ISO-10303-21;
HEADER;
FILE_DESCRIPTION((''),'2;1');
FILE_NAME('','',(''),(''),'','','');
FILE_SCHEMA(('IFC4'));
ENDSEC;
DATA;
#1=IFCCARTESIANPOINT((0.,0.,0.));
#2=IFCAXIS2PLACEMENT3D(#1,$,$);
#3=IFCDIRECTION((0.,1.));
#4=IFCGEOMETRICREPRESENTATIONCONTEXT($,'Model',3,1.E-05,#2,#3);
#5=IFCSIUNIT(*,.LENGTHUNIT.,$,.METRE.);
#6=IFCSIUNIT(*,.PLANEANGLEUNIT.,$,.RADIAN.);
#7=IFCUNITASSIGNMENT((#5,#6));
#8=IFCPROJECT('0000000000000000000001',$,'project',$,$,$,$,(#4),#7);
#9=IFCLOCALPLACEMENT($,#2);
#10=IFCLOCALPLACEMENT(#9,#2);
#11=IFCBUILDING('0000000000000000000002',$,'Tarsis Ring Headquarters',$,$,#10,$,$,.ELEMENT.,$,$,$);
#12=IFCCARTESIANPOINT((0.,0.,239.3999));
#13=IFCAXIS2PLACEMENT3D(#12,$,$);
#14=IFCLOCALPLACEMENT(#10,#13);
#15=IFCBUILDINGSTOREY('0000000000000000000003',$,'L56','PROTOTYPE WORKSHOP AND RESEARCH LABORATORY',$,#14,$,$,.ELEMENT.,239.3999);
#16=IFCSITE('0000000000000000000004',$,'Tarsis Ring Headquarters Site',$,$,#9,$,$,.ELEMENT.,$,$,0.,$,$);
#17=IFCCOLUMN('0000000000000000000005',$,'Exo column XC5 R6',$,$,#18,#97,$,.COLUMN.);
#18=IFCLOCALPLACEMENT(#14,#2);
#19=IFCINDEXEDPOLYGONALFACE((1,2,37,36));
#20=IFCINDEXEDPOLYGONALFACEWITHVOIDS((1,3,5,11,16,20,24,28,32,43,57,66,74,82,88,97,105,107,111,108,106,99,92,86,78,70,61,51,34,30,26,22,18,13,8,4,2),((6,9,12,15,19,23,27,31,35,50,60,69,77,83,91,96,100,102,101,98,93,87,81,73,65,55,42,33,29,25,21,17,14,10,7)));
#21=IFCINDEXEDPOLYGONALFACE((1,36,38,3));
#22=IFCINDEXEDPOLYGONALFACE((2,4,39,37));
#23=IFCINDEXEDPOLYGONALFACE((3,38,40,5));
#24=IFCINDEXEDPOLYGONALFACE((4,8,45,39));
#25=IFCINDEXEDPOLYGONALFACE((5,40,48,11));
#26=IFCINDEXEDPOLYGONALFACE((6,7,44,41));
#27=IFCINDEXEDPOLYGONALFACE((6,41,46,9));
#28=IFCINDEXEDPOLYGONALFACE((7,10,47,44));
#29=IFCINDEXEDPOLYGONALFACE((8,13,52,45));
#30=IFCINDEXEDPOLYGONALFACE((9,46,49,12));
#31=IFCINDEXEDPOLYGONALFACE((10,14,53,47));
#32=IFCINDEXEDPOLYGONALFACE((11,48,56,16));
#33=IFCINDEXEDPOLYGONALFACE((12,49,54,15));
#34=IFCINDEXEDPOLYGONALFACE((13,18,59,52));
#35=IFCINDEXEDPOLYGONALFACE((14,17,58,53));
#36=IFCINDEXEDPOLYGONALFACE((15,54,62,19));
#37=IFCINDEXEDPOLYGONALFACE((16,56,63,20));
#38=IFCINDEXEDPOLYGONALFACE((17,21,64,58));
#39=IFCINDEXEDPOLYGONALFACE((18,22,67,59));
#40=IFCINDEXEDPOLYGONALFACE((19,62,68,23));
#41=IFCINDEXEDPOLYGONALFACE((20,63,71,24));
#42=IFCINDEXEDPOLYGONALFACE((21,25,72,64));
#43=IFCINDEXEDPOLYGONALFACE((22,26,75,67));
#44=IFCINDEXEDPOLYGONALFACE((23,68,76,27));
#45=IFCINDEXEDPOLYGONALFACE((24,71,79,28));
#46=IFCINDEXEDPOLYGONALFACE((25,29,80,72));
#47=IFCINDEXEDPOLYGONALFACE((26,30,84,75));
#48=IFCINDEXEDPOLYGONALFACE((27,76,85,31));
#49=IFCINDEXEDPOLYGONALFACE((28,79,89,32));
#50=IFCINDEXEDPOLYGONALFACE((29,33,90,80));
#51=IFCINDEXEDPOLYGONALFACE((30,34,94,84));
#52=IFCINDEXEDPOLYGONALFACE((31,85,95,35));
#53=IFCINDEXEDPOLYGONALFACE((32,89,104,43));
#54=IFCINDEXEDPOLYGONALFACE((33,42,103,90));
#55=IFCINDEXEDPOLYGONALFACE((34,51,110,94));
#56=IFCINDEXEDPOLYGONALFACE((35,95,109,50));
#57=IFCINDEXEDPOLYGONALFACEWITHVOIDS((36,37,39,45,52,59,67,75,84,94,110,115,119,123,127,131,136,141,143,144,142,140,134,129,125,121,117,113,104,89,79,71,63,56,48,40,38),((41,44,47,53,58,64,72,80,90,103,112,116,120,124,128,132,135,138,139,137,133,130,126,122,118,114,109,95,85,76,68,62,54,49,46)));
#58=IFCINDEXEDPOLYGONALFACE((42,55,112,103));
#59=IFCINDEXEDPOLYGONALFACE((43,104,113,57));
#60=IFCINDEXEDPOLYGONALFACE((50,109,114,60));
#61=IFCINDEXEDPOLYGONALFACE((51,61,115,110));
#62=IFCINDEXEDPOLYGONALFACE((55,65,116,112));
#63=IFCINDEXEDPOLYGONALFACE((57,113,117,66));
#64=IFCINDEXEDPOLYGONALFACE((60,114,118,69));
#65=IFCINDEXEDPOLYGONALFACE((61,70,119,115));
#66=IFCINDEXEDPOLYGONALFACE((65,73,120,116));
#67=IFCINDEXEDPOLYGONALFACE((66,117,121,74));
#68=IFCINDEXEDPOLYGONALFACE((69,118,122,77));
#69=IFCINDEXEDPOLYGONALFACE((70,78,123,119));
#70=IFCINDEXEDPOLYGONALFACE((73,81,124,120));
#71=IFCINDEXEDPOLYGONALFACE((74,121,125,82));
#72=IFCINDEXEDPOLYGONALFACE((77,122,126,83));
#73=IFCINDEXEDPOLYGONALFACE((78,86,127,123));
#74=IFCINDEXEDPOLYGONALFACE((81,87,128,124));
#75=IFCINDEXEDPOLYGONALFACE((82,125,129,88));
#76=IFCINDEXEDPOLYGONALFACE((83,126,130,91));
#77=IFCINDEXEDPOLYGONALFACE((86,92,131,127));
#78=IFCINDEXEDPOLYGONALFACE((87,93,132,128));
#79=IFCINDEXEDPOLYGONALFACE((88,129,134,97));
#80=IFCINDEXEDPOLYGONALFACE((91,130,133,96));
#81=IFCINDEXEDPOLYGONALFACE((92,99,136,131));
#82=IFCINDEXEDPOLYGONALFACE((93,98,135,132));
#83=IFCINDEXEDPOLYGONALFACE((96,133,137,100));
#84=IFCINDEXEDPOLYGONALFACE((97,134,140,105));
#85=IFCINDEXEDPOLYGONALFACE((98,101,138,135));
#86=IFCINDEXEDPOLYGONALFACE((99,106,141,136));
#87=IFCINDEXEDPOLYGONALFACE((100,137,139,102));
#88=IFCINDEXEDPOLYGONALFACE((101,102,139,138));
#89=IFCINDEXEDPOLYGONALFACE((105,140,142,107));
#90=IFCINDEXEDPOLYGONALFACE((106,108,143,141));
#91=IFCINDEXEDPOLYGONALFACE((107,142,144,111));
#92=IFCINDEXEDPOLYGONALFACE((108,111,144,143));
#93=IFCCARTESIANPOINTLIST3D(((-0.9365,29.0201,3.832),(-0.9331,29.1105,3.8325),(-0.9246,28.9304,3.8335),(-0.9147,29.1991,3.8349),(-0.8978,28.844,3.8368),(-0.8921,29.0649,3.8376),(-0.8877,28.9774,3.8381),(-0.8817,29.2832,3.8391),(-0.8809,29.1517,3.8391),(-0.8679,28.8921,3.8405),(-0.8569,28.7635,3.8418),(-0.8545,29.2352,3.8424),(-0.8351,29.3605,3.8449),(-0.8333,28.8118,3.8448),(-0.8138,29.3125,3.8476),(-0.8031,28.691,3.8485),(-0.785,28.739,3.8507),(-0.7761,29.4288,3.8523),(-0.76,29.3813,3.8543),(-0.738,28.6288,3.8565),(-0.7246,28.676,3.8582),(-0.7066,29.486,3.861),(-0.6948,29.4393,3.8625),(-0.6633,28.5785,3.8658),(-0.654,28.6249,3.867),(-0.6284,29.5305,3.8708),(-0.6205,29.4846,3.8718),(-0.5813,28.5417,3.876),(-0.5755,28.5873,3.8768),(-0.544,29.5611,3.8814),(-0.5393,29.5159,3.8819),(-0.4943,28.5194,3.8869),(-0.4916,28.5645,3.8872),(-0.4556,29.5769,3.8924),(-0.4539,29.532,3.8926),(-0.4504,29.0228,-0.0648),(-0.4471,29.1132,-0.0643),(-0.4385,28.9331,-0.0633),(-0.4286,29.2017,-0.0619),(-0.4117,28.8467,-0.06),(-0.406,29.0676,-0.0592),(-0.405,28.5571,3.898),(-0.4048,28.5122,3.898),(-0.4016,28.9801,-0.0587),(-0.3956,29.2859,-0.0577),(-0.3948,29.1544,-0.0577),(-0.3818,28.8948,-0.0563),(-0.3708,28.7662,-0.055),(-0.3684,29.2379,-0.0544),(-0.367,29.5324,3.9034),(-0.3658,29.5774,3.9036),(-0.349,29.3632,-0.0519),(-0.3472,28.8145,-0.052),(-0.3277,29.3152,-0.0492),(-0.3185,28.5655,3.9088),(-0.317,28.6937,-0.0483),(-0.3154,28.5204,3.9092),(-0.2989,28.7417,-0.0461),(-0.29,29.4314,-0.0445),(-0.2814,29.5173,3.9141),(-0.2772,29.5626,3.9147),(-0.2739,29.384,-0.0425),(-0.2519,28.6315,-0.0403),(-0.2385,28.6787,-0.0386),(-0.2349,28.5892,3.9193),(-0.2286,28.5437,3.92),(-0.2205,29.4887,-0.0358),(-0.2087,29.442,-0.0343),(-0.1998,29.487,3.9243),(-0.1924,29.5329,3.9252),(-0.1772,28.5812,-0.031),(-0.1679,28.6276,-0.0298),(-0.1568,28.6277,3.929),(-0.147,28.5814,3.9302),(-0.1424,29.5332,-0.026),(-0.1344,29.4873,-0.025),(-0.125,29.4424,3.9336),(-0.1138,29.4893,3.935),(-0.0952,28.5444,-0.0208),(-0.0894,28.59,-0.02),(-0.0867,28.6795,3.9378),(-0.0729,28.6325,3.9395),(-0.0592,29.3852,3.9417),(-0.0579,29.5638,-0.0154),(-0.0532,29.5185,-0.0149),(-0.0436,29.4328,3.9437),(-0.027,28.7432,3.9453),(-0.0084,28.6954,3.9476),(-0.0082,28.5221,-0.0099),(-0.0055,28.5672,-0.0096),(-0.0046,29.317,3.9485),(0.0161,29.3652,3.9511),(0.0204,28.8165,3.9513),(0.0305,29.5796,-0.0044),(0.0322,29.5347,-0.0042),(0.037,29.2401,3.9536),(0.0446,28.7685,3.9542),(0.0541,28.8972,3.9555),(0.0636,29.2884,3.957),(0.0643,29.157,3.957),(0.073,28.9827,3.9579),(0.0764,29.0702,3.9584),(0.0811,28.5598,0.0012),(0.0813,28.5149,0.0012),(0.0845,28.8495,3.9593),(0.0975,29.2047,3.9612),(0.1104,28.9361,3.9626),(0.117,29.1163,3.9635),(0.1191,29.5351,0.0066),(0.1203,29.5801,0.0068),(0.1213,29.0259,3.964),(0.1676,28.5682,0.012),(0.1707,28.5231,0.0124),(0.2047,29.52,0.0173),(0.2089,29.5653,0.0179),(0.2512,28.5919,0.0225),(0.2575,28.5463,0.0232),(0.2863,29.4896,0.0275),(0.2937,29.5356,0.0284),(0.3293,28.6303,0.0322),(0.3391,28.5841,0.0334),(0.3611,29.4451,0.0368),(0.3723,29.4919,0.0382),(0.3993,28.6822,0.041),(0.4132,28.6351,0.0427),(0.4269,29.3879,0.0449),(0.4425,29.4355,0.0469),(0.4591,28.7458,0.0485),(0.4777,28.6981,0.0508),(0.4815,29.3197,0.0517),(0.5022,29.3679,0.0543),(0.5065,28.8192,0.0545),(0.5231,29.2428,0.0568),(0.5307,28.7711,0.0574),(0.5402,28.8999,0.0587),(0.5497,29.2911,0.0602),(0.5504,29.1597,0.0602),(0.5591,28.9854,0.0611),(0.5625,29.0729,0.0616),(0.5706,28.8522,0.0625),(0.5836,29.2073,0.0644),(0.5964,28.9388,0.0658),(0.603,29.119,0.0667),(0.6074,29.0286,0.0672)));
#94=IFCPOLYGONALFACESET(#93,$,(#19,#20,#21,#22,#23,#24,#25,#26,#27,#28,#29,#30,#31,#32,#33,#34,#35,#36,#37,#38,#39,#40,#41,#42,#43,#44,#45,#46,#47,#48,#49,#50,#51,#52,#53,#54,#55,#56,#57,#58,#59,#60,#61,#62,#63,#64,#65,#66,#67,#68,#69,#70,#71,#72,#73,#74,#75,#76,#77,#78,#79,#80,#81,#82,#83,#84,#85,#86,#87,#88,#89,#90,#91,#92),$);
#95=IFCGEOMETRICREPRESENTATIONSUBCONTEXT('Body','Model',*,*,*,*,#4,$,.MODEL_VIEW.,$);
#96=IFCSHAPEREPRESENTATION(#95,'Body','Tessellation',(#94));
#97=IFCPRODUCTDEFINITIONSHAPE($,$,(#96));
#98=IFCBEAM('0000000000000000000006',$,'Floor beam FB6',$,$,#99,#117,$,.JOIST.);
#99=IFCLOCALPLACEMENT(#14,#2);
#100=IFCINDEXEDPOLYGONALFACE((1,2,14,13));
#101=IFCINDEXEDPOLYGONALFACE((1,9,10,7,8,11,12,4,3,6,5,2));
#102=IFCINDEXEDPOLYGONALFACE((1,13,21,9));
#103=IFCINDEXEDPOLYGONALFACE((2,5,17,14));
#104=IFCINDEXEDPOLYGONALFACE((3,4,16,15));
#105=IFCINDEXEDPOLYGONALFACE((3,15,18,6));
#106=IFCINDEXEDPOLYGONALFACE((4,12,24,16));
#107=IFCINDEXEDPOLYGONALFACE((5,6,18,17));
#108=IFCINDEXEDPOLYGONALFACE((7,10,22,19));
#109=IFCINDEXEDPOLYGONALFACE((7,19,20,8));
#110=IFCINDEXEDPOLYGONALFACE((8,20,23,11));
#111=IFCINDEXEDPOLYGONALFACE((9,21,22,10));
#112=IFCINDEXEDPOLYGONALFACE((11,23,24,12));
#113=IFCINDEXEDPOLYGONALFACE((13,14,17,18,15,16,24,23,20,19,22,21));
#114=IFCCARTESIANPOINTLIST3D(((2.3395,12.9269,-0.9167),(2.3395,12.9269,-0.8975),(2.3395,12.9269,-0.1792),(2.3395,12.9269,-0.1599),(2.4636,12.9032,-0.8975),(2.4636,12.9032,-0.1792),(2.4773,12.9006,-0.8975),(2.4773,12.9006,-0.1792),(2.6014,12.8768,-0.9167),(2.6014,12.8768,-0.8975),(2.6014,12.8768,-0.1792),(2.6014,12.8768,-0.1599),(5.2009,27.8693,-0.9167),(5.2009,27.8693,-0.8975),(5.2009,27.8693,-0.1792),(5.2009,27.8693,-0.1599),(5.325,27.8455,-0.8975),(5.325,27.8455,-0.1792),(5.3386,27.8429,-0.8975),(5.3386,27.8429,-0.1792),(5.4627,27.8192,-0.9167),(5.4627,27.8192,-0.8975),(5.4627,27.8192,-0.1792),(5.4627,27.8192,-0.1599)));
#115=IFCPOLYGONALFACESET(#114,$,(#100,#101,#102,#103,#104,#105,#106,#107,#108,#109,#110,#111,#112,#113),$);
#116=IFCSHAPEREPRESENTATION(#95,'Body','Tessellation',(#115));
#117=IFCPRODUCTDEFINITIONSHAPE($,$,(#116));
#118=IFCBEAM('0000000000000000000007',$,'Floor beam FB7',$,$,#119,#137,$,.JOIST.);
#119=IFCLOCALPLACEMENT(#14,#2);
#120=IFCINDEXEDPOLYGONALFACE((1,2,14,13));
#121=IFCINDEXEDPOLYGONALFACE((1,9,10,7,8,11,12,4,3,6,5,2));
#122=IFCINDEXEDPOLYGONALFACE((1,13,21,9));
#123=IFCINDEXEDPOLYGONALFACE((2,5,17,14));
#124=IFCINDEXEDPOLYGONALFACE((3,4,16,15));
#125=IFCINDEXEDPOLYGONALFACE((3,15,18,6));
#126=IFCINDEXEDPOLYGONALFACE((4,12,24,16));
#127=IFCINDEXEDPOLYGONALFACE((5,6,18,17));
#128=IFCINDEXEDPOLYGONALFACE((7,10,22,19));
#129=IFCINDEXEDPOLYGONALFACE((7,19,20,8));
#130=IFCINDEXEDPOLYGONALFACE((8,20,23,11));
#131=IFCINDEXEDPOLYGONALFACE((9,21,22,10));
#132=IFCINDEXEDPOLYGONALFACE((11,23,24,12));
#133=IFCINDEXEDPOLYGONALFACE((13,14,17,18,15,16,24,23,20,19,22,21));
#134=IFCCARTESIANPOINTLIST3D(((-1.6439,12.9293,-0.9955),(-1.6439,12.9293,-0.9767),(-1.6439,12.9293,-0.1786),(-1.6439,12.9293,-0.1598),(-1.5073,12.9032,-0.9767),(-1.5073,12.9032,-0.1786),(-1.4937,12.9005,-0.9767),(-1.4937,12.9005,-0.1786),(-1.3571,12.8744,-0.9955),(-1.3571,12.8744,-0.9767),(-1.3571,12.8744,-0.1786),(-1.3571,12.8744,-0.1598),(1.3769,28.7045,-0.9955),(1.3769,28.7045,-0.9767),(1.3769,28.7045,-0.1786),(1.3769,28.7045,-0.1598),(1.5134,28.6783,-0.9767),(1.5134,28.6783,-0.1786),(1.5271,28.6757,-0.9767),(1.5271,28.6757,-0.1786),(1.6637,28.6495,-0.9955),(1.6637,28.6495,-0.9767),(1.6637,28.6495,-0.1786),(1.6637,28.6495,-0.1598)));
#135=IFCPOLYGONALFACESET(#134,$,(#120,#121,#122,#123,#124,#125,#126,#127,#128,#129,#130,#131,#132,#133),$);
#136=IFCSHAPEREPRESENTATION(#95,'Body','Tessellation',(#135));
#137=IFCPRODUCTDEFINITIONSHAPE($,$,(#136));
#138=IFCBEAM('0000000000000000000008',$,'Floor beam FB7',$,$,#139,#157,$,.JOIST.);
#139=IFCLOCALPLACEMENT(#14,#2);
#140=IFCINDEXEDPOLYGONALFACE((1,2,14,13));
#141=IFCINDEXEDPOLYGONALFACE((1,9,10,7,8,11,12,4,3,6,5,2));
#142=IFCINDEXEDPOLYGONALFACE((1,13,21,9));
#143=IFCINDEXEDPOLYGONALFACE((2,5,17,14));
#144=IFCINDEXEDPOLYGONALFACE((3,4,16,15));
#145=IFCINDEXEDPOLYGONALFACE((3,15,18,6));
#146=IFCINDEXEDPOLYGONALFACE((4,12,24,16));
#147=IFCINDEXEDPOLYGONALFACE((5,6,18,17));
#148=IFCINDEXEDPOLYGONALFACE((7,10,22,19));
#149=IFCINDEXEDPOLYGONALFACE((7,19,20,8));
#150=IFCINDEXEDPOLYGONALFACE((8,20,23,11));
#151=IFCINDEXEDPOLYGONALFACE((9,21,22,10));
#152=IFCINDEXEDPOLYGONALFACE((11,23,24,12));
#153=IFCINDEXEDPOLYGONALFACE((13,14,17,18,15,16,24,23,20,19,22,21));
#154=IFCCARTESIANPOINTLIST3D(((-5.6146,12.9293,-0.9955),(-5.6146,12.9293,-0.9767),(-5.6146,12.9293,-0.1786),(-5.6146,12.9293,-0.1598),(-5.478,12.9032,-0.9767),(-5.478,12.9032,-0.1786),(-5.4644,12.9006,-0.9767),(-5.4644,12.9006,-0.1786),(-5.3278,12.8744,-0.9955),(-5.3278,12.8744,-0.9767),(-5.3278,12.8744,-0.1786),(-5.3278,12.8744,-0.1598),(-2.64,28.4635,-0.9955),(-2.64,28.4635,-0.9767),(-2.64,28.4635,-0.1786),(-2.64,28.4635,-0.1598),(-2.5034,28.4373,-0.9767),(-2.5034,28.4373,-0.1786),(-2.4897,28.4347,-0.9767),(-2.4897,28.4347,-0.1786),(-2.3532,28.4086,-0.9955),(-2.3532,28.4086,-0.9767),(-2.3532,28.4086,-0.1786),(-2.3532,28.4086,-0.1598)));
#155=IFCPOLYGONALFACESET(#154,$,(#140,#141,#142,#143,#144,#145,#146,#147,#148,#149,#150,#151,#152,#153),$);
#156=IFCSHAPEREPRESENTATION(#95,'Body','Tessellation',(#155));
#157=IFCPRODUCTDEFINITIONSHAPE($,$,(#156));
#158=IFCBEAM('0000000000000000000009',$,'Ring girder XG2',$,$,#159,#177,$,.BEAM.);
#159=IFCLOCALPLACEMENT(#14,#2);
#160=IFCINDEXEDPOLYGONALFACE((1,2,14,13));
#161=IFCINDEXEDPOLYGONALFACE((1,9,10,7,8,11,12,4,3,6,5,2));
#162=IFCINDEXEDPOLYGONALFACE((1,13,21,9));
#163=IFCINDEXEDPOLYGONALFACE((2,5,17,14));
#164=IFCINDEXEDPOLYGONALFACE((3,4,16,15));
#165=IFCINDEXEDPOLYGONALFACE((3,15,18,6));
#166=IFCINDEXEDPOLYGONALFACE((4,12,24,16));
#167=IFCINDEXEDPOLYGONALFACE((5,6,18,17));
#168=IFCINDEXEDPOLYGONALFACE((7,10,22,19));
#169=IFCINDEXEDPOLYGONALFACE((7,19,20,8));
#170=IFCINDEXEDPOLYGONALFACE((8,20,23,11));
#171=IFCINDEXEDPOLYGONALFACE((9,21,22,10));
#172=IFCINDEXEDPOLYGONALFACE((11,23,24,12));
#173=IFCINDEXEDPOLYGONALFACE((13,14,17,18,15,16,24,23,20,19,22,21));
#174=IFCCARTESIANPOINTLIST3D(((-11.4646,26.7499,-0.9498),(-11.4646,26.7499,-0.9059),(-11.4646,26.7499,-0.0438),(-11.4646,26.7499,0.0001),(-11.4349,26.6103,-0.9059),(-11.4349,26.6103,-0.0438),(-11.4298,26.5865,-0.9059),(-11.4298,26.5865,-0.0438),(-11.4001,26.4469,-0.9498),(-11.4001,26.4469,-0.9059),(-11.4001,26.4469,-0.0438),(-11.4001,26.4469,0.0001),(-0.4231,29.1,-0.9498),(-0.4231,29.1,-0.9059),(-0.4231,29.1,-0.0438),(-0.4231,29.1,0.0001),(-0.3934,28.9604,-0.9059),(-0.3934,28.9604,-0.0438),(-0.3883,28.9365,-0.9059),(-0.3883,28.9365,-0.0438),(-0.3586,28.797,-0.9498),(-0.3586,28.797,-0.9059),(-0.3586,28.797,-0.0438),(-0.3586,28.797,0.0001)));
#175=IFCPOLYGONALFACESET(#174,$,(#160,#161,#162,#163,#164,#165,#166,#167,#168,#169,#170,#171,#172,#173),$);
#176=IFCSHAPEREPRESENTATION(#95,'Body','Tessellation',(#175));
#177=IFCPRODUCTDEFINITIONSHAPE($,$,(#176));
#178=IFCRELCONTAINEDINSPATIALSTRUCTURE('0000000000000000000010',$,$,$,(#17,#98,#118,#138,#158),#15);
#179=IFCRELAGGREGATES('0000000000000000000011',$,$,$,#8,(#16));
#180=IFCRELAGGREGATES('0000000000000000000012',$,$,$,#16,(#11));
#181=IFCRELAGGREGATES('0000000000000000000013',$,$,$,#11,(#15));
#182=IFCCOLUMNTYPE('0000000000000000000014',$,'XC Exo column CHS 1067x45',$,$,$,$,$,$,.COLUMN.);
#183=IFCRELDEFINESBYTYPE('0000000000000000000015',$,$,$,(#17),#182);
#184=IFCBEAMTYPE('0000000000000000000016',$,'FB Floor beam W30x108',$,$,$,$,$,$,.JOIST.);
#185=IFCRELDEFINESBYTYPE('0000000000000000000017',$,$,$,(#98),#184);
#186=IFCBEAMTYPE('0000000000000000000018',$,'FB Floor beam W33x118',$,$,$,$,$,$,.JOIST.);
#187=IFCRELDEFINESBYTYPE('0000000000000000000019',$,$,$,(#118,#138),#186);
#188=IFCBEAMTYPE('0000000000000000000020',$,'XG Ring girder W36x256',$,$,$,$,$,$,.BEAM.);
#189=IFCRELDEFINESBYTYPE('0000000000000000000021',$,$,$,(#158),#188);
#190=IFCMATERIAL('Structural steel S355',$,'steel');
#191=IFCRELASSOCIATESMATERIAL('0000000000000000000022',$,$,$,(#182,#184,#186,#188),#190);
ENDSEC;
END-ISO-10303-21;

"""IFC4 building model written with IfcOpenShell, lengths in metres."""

from ifc_helpers import new_model, si_unit, direction, frame, origin, origin_2d, place, context, subcontext, project, spatial, hollow_circle, i_section, extrude, material, material_profile, profile_set, type_object, element, save


model = new_model("IFC4")

# Units and contexts
model_context = context("Model", 3, precision=1e-05, world=origin(), true_north=direction((0.0, 1.0)))
body_context = subcontext(model_context, "Body", "Model", "MODEL_VIEW")
ifc_project = project(units=[si_unit("LENGTHUNIT", "METRE"), si_unit("PLANEANGLEUNIT", "RADIAN")], contexts=[model_context])

# Site, building, storey
site_placement = place(None, origin())
site = spatial("IfcSite", under=ifc_project, at=site_placement, Name="Tarsis Ring Headquarters Site", CompositionType="ELEMENT", RefElevation=0.0)
building_placement = place(site_placement, origin())
building = spatial("IfcBuilding", under=site, at=building_placement, Name="Tarsis Ring Headquarters", CompositionType="ELEMENT")
storey_placement = place(building_placement, frame((0.0, 0.0, 239.3999)))
storey = spatial("IfcBuildingStorey", under=building, at=storey_placement, Name="L56", Description="PROTOTYPE WORKSHOP AND RESEARCH LABORATORY", CompositionType="ELEMENT", Elevation=239.3999)

# Column
ifc_material_1 = material(Name="Structural steel S355", Category="steel")
ifc_material_profile_1 = material_profile(ifc_material_1, hollow_circle(Radius=0.5334, WallThickness=0.0449, at=origin_2d()), Name="CHS 1067x45")
ifc_profile_set_1 = profile_set([ifc_material_profile_1], Name="Structural steel S355")
column_type = type_object("IfcColumnType", Name="XC Exo column CHS 1067x45", PredefinedType="COLUMN", material=ifc_profile_set_1)
column_placement = place(storey_placement, frame((0.0784, 29.0483, 0.0012), z_axis=(-0.123782, -0.000684, 0.992309), x_axis=(0.005525, -0.999985, 0.0)))
element("IfcColumn", 1, at=column_placement, inside=storey, type_object=column_type, Name="Exo column XC5 R6", PredefinedType="COLUMN", context=body_context, shape_type="SweptSolid", body=[
    extrude(hollow_circle(Radius=0.5334, WallThickness=0.0449, at=origin_2d()), origin(), (0.0, 0.0, 1.0), 3.927),
])

# Beams
ifc_material_profile_2 = material_profile(ifc_material_1, i_section(OverallWidth=0.2666, OverallDepth=0.7568, WebThickness=0.0139, FlangeThickness=0.0193, at=origin_2d()), Name="W30x108")
ifc_profile_set_2 = profile_set([ifc_material_profile_2], Name="Structural steel S355")
beam_type_1 = type_object("IfcBeamType", Name="FB Floor beam W30x108", PredefinedType="JOIST", material=ifc_profile_set_2)
beam_1_placement = place(storey_placement, frame((5.3318, 27.8442, -0.5383), z_axis=(-0.188074, -0.982155, 0.0), x_axis=(0.982155, -0.188074, 0.0)))
element("IfcBeam", 2, at=beam_1_placement, inside=storey, type_object=beam_type_1, Name="Floor beam FB6", PredefinedType="JOIST", context=body_context, shape_type="SweptSolid", body=[
    extrude(i_section(OverallWidth=0.2666, OverallDepth=0.7568, WebThickness=0.0139, FlangeThickness=0.0193, at=origin_2d()), origin(), (0.0, 0.0, 1.0), 15.2139),
])
ifc_material_profile_3 = material_profile(ifc_material_1, i_section(OverallWidth=0.292, OverallDepth=0.8357, WebThickness=0.0139, FlangeThickness=0.0188, at=origin_2d()), Name="W33x118")
ifc_profile_set_3 = profile_set([ifc_material_profile_3], Name="Structural steel S355")
beam_type_2 = type_object("IfcBeamType", Name="FB Floor beam W33x118", PredefinedType="JOIST", material=ifc_profile_set_3)
beam_2_placement = place(storey_placement, frame((1.5203, 28.677, -0.5776), z_axis=(-0.188071, -0.982155, 0.0), x_axis=(0.982155, -0.188071, 0.0)))
element("IfcBeam", 3, at=beam_2_placement, inside=storey, type_object=beam_type_2, Name="Floor beam FB7", PredefinedType="JOIST", context=body_context, shape_type="SweptSolid", body=[
    extrude(i_section(OverallWidth=0.292, OverallDepth=0.8357, WebThickness=0.0139, FlangeThickness=0.0188, at=origin_2d()), origin(), (0.0, 0.0, 1.0), 16.0618),
])
beam_3_placement = place(storey_placement, frame((-2.4966, 28.436, -0.5776), z_axis=(-0.188071, -0.982155, 0.0), x_axis=(0.982155, -0.188071, 0.0)))
element("IfcBeam", 4, at=beam_3_placement, inside=storey, type_object=beam_type_2, Name="Floor beam FB7", PredefinedType="JOIST", context=body_context, shape_type="SweptSolid", body=[
    extrude(i_section(OverallWidth=0.292, OverallDepth=0.8357, WebThickness=0.0139, FlangeThickness=0.0188, at=origin_2d()), origin(), (0.0, 0.0, 1.0), 15.8164),
])
ifc_material_profile_4 = material_profile(ifc_material_1, i_section(OverallWidth=0.3098, OverallDepth=0.95, WebThickness=0.0244, FlangeThickness=0.0439, at=origin_2d()), Name="W36x256")
ifc_profile_set_4 = profile_set([ifc_material_profile_4], Name="Structural steel S355")
beam_type_3 = type_object("IfcBeamType", Name="XG Ring girder W36x256", PredefinedType="BEAM", material=ifc_profile_set_4)
beam_4_placement = place(storey_placement, frame((-0.3909, 28.9485, -0.4749), z_axis=(-0.978091, -0.208179, 0.0), x_axis=(0.208179, -0.978091, 0.0)))
element("IfcBeam", 5, at=beam_4_placement, inside=storey, type_object=beam_type_3, Name="Ring girder XG2", PredefinedType="BEAM", context=body_context, shape_type="SweptSolid", body=[
    extrude(i_section(OverallWidth=0.3098, OverallDepth=0.95, WebThickness=0.0244, FlangeThickness=0.0439, at=origin_2d()), origin(), (0.0, 0.0, 1.0), 11.2888),
])

save(model, "model.ifc")
